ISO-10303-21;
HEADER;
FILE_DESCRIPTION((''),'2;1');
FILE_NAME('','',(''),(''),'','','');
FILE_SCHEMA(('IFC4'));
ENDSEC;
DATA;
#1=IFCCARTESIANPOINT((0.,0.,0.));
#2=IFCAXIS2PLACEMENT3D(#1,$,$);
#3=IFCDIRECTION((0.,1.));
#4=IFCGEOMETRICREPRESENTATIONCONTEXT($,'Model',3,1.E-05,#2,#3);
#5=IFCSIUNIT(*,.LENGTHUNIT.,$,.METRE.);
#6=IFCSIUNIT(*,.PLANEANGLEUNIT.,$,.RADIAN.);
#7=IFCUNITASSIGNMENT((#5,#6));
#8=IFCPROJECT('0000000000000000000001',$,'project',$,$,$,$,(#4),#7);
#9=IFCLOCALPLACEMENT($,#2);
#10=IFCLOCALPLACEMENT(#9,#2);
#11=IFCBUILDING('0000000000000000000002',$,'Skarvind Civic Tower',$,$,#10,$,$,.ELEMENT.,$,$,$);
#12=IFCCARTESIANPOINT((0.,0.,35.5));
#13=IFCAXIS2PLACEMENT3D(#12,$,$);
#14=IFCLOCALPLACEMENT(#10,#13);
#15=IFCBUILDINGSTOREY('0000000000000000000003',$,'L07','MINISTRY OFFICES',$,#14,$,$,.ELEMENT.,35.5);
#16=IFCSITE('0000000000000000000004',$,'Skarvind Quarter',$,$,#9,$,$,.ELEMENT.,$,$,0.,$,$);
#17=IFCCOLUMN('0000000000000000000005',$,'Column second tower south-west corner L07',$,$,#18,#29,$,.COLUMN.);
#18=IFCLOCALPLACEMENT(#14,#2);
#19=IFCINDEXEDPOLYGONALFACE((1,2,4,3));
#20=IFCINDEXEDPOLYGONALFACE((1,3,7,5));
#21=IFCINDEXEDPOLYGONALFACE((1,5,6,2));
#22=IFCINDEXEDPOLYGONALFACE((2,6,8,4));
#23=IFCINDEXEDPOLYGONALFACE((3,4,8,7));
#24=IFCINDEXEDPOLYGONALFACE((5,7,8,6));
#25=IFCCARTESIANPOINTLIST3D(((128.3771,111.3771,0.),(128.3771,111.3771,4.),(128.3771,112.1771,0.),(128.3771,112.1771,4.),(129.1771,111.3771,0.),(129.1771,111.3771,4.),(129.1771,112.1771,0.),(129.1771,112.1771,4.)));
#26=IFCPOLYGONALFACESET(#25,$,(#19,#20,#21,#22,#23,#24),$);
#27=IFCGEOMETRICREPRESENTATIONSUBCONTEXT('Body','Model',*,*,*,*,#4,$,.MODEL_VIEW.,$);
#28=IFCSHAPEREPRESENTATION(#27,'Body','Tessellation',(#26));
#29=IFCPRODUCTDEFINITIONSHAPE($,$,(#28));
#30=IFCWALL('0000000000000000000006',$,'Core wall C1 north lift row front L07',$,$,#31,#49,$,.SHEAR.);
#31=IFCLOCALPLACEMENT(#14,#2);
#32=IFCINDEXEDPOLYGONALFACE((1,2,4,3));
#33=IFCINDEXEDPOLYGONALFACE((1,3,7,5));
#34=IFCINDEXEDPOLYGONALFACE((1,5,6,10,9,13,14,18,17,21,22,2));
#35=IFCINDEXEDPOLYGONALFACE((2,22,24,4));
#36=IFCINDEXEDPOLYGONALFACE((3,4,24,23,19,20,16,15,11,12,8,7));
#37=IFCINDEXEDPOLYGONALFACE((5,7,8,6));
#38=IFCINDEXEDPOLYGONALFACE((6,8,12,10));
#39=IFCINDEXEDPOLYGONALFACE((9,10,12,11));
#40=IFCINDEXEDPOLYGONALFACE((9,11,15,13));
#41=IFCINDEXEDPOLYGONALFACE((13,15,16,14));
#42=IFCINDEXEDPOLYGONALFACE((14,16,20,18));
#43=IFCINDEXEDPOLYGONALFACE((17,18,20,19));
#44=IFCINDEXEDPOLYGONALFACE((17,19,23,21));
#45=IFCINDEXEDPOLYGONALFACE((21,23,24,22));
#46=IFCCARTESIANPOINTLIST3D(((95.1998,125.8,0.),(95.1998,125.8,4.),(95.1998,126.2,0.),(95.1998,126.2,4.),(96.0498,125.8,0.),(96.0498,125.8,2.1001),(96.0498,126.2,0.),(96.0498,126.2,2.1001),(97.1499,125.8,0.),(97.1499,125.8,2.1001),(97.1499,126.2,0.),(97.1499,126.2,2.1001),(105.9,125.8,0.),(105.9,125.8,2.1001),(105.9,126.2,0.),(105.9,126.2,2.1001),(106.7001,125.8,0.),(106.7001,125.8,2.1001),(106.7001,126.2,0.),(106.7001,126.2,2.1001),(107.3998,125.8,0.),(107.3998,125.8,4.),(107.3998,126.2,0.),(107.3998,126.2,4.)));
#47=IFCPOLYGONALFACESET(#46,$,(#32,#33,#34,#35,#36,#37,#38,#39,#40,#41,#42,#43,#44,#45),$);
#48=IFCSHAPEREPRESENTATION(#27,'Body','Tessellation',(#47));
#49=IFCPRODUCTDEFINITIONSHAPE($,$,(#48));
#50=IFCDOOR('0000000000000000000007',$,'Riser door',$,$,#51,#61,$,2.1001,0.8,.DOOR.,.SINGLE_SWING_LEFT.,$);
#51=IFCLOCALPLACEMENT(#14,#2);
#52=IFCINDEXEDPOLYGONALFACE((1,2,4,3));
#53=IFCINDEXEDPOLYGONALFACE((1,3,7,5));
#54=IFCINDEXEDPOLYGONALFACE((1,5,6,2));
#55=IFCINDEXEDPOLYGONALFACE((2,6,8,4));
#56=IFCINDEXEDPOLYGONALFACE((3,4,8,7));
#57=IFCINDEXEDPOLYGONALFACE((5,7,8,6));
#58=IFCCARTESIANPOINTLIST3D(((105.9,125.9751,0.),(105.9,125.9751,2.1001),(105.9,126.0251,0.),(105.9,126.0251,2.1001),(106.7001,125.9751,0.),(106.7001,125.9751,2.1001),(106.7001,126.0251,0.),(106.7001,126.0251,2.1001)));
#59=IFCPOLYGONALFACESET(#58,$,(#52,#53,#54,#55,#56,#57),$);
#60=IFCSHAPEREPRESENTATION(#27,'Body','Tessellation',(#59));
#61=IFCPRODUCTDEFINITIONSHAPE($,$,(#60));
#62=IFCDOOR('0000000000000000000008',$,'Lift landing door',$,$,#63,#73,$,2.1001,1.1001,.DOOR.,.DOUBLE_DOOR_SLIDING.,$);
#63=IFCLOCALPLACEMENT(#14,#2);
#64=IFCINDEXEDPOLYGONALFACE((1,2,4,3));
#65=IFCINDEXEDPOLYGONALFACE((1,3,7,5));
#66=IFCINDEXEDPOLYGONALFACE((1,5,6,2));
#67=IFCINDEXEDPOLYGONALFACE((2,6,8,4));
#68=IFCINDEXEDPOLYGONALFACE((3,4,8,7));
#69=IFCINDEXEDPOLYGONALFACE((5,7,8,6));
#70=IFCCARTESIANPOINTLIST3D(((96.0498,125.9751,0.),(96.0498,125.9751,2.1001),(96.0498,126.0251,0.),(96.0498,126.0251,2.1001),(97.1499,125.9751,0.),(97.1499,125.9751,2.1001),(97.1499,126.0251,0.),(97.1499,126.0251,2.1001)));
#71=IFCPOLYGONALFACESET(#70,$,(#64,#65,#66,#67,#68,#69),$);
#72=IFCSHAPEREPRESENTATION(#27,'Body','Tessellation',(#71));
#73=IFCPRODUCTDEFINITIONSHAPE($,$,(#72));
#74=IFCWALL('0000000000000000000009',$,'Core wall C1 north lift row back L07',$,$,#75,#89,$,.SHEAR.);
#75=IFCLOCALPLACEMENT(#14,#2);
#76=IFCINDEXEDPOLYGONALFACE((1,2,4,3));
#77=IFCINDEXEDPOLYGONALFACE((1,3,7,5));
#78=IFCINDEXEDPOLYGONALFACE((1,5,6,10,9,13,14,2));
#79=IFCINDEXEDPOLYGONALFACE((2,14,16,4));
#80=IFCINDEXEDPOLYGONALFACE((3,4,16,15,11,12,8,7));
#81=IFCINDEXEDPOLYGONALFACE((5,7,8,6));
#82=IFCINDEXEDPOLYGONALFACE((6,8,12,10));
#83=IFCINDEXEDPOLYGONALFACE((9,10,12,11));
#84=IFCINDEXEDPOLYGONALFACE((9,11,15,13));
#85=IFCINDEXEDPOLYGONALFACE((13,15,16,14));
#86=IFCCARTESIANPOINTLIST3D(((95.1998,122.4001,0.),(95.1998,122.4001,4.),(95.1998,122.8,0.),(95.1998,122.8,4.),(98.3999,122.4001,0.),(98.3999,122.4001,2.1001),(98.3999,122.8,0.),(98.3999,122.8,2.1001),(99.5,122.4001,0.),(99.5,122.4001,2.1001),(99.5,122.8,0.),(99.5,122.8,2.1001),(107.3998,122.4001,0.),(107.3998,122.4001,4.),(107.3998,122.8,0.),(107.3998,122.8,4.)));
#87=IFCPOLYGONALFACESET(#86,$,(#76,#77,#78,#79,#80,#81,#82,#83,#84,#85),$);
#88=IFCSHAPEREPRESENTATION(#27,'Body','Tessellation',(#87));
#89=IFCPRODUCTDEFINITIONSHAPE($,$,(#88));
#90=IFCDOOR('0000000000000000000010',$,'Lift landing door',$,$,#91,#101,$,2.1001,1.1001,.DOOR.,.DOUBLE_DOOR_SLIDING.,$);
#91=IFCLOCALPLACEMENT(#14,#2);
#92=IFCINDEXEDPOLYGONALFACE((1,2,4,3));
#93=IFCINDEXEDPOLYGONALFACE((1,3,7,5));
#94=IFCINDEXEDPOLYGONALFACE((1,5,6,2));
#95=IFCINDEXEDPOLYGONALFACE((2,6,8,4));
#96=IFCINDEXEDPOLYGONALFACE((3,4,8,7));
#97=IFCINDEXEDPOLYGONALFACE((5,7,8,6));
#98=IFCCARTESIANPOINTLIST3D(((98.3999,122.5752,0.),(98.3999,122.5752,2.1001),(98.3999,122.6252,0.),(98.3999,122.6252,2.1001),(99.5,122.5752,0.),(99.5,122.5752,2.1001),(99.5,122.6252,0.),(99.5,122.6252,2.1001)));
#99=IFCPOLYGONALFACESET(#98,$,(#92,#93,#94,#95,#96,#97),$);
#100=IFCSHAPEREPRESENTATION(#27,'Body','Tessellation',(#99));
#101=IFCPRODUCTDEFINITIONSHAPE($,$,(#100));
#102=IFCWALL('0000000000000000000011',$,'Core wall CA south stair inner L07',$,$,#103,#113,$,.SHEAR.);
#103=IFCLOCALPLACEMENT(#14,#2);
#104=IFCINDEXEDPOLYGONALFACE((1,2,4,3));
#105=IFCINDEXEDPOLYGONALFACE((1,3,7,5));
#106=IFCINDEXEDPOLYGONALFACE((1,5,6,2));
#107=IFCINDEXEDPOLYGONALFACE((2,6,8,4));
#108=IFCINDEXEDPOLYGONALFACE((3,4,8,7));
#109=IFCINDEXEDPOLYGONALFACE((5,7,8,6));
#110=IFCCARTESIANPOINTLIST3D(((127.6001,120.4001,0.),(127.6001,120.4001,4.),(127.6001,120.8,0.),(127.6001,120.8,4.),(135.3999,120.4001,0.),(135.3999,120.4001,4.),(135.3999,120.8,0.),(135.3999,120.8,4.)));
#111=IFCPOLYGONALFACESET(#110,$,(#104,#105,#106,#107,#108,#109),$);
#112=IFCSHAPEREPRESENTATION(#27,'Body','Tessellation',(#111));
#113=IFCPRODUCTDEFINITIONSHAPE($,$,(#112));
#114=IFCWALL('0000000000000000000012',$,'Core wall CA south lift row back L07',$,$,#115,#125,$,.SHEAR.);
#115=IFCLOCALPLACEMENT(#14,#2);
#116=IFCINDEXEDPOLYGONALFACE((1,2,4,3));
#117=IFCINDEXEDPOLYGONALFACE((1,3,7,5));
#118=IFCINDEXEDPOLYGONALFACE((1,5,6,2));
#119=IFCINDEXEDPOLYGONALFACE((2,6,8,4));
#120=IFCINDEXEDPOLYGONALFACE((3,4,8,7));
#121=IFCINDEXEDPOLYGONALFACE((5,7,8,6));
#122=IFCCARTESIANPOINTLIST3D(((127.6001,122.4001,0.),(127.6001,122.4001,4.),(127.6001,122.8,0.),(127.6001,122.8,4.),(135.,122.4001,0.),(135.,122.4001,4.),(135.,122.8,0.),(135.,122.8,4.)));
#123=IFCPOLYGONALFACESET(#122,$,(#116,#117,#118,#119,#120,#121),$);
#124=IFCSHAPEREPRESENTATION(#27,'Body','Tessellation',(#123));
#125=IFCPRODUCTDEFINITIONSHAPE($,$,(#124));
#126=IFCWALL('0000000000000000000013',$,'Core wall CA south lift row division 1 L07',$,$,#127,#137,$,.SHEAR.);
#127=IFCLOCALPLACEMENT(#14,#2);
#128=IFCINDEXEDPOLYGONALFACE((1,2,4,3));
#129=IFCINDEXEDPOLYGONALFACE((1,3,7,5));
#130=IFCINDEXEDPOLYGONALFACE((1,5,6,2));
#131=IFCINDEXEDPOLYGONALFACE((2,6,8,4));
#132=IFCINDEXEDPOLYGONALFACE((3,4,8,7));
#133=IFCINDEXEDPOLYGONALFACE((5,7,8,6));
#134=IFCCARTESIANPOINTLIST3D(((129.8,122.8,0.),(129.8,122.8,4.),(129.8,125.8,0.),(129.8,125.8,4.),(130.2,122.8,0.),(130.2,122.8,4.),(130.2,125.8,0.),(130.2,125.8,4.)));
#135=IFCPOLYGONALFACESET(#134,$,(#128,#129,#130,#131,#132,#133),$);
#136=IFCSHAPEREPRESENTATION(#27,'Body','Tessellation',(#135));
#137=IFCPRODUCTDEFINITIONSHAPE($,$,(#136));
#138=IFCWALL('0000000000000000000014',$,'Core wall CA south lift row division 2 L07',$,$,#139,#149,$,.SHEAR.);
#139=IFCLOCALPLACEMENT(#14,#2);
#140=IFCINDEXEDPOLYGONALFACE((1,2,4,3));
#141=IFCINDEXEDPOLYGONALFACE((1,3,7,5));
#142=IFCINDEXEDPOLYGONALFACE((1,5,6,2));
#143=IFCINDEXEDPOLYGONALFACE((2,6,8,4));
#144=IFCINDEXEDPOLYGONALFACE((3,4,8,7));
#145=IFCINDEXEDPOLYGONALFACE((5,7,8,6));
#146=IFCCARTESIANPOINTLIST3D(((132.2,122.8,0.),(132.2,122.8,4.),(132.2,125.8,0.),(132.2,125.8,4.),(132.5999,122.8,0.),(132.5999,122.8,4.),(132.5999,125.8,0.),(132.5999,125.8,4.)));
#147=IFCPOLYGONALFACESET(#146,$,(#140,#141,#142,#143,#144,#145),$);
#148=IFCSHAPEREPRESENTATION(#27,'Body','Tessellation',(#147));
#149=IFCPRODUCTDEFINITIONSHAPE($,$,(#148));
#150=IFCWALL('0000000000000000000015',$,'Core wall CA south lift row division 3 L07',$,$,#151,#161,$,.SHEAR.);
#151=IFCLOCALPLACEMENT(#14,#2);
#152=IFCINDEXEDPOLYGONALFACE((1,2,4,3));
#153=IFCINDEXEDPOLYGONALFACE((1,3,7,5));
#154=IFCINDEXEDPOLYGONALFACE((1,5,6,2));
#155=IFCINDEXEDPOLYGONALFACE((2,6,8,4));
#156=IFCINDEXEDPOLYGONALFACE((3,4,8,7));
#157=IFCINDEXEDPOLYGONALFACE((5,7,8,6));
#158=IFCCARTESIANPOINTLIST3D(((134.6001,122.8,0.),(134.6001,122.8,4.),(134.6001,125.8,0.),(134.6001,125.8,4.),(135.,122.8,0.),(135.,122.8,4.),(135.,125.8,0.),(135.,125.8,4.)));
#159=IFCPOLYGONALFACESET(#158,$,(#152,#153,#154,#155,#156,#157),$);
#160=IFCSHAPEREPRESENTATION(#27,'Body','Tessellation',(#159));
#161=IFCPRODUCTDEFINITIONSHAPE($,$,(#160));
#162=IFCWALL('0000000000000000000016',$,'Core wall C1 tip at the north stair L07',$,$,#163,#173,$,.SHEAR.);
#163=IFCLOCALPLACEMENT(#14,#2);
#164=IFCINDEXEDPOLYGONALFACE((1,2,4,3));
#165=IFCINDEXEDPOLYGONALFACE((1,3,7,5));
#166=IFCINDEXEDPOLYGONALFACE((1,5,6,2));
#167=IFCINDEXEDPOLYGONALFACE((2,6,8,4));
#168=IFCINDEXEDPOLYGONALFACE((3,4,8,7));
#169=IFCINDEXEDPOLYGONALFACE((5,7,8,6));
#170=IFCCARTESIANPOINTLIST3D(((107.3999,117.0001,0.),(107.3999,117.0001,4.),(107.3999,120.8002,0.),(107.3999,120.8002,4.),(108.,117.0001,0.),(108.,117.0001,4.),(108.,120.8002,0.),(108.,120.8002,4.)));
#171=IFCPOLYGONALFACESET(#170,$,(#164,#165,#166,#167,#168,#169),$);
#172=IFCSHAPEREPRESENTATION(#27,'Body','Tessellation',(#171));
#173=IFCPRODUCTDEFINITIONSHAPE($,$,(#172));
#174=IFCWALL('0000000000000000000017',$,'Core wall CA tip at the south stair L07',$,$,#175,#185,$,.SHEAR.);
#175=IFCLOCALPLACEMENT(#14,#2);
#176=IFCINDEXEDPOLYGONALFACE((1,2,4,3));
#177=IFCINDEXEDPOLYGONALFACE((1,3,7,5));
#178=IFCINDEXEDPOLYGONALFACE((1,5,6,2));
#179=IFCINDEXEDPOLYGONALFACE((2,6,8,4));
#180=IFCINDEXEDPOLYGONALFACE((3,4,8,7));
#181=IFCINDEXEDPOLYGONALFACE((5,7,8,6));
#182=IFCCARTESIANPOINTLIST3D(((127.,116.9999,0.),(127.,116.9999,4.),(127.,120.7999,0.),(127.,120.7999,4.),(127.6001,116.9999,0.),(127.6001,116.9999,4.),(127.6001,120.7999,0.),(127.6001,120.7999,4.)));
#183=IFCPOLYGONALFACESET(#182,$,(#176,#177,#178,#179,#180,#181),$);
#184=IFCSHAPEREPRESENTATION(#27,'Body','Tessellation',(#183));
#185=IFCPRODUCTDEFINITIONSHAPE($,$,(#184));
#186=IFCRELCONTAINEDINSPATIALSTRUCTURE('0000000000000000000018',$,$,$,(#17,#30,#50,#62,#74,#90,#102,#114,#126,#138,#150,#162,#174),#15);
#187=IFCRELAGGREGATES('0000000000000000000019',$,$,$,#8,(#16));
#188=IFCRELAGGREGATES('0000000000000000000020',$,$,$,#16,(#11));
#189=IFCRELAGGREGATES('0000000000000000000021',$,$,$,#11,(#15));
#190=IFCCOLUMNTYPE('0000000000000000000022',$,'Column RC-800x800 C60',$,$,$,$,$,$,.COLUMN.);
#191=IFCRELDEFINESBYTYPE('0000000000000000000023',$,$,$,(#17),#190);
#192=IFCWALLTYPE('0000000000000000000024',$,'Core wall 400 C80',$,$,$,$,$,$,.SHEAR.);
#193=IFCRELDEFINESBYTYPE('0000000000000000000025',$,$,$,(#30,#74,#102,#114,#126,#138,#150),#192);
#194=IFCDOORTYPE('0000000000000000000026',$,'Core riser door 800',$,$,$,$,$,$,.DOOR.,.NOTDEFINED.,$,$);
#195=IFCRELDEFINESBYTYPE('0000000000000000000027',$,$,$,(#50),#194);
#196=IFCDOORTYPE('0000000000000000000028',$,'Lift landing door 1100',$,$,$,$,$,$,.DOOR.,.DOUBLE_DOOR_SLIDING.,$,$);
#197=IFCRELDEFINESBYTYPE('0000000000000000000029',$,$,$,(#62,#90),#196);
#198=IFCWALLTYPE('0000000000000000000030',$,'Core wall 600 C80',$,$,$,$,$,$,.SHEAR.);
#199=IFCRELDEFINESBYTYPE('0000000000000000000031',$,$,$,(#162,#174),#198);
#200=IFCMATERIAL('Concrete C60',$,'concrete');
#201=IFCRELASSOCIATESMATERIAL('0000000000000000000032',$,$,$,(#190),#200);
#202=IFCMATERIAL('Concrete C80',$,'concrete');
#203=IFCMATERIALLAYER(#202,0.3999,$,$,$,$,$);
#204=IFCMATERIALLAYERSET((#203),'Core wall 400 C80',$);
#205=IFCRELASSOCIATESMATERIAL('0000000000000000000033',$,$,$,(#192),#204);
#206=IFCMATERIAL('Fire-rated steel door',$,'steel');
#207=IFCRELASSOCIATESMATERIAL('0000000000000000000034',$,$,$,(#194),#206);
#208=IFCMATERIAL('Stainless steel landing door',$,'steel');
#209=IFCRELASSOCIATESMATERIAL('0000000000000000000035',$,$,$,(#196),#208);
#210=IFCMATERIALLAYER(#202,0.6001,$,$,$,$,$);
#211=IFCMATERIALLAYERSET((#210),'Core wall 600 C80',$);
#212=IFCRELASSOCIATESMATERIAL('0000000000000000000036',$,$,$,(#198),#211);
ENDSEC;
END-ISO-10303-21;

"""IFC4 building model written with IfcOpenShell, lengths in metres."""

from ifc_helpers import new_model, si_unit, direction, frame, frame_2d, origin, origin_2d, place, context, subcontext, project, spatial, rectangle, extrude, material, layer, layer_set, material_profile, profile_set, type_object, element, fill, save


model = new_model("IFC4")

# Units and contexts
model_context = context("Model", 3, precision=1e-05, world=origin(), true_north=direction((0.0, 1.0)))
body_context = subcontext(model_context, "Body", "Model", "MODEL_VIEW")
ifc_project = project(units=[si_unit("LENGTHUNIT", "METRE"), si_unit("PLANEANGLEUNIT", "RADIAN")], contexts=[model_context])

# Site, building, storey
site_placement = place(None, origin())
site = spatial("IfcSite", under=ifc_project, at=site_placement, Name="Skarvind Quarter", CompositionType="ELEMENT", RefElevation=0.0)
building_placement = place(site_placement, origin())
building = spatial("IfcBuilding", under=site, at=building_placement, Name="Skarvind Civic Tower", CompositionType="ELEMENT")
storey_placement = place(building_placement, frame((0.0, 0.0, 35.5)))
storey = spatial("IfcBuildingStorey", under=building, at=storey_placement, Name="L07", Description="MINISTRY OFFICES", CompositionType="ELEMENT", Elevation=35.5)

# Column
ifc_material_1 = material(Name="Concrete C60", Category="concrete")
ifc_material_profile = material_profile(ifc_material_1, rectangle(XDim=0.8, YDim=0.8, at=origin_2d()), Name="RC-800x800")
ifc_profile_set = profile_set([ifc_material_profile], Name="Concrete C60")
column_type = type_object("IfcColumnType", Name="Column RC-800x800 C60", PredefinedType="COLUMN", material=ifc_profile_set)
column_placement = place(storey_placement, frame((128.7771, 111.7771, 0.0), z_axis=(0.0, 0.0, 1.0), x_axis=(1.0, 0.0, 0.0)))
element("IfcColumn", 1, at=column_placement, inside=storey, type_object=column_type, Name="Column second tower south-west corner L07", PredefinedType="COLUMN", context=body_context, shape_type="SweptSolid", body=[
    extrude(rectangle(XDim=0.8, YDim=0.8, at=origin_2d()), origin(), (0.0, 0.0, 1.0), 4.0),
])

# Wall, openings, doors
ifc_material_2 = material(Name="Concrete C80", Category="concrete")
ifc_layer_1 = layer(ifc_material_2, 0.3999)
ifc_layer_set_1 = layer_set([ifc_layer_1], Name="Core wall 400 C80")
wall_type_1 = type_object("IfcWallType", Name="Core wall 400 C80", PredefinedType="SHEAR", material=ifc_layer_set_1)
wall_1_placement = place(storey_placement, frame((107.3999, 126.0, 0.0), z_axis=(0.0, 0.0, 1.0), x_axis=(-1.0, 0.0, 0.0)))
wall_1 = element("IfcWall", 2, at=wall_1_placement, inside=storey, type_object=wall_type_1, Name="Core wall C1 north lift row front L07", PredefinedType="SHEAR", context=body_context, shape_type="SweptSolid", body=[
    extrude(rectangle(XDim=12.2, YDim=0.3999, at=frame_2d((6.1001, 0.0))), origin(), (0.0, 0.0, 1.0), 4.0),
])
opening_1_placement = place(wall_1_placement, frame((10.25, 0.0, 0.0)))
opening_1 = element("IfcOpeningElement", 3, at=opening_1_placement, cuts=wall_1, PredefinedType="OPENING", context=body_context, shape_type="SweptSolid", body=[
    extrude(rectangle(XDim=1.1001, YDim=2.1001, at=frame_2d((0.55, 1.05))), frame((0.0, 0.21, 0.0), z_axis=(0.0, -1.0, 0.0), x_axis=(1.0, 0.0, 0.0)), (0.0, 0.0, 1.0), 0.4199),
])
opening_2_placement = place(wall_1_placement, frame((0.7, 0.0, 0.0)))
opening_2 = element("IfcOpeningElement", 4, at=opening_2_placement, cuts=wall_1, PredefinedType="OPENING", context=body_context, shape_type="SweptSolid", body=[
    extrude(rectangle(XDim=0.8, YDim=2.1001, at=frame_2d((0.3999, 1.05))), frame((0.0, 0.21, 0.0), z_axis=(0.0, -1.0, 0.0), x_axis=(1.0, 0.0, 0.0)), (0.0, 0.0, 1.0), 0.4199),
])
ifc_material_3 = material(Name="Fire-rated steel door", Category="steel")
door_type_1 = type_object("IfcDoorType", Name="Core riser door 800", OperationType="NOTDEFINED", PredefinedType="DOOR", material=ifc_material_3)
door_1_placement = place(opening_2_placement, origin())
door_1 = element("IfcDoor", 5, at=door_1_placement, inside=storey, type_object=door_type_1, Name="Riser door", OperationType="SINGLE_SWING_LEFT", OverallHeight=2.1001, OverallWidth=0.8, PredefinedType="DOOR", context=body_context, shape_type="SweptSolid", body=[
    extrude(rectangle(XDim=0.8, YDim=2.1001, at=frame_2d((0.3999, 1.05))), frame((0.0, 0.0249, 0.0), z_axis=(0.0, -1.0, 0.0), x_axis=(1.0, 0.0, 0.0)), (0.0, 0.0, 1.0), 0.05),
])
fill(opening_2, door_1)
ifc_material_4 = material(Name="Stainless steel landing door", Category="steel")
door_type_2 = type_object("IfcDoorType", Name="Lift landing door 1100", OperationType="DOUBLE_DOOR_SLIDING", PredefinedType="DOOR", material=ifc_material_4)
door_2_placement = place(opening_1_placement, origin())
door_2 = element("IfcDoor", 6, at=door_2_placement, inside=storey, type_object=door_type_2, Name="Lift landing door", OperationType="DOUBLE_DOOR_SLIDING", OverallHeight=2.1001, OverallWidth=1.1001, PredefinedType="DOOR", context=body_context, shape_type="SweptSolid", body=[
    extrude(rectangle(XDim=1.1001, YDim=2.1001, at=frame_2d((0.55, 1.05))), frame((0.0, 0.0249, 0.0), z_axis=(0.0, -1.0, 0.0), x_axis=(1.0, 0.0, 0.0)), (0.0, 0.0, 1.0), 0.05),
])
fill(opening_1, door_2)

# Wall, opening, door
wall_2_placement = place(storey_placement, frame((107.3999, 122.6001, 0.0), z_axis=(0.0, 0.0, 1.0), x_axis=(-1.0, 0.0, 0.0)))
wall_2 = element("IfcWall", 7, at=wall_2_placement, inside=storey, type_object=wall_type_1, Name="Core wall C1 north lift row back L07", PredefinedType="SHEAR", context=body_context, shape_type="SweptSolid", body=[
    extrude(rectangle(XDim=12.2, YDim=0.3999, at=frame_2d((6.1001, 0.0))), origin(), (0.0, 0.0, 1.0), 4.0),
])
opening_3_placement = place(wall_2_placement, frame((7.8999, 0.0, 0.0)))
opening_3 = element("IfcOpeningElement", 8, at=opening_3_placement, cuts=wall_2, PredefinedType="OPENING", context=body_context, shape_type="SweptSolid", body=[
    extrude(rectangle(XDim=1.1001, YDim=2.1001, at=frame_2d((0.55, 1.05))), frame((0.0, 0.21, 0.0), z_axis=(0.0, -1.0, 0.0), x_axis=(1.0, 0.0, 0.0)), (0.0, 0.0, 1.0), 0.4199),
])
door_3_placement = place(opening_3_placement, origin())
door_3 = element("IfcDoor", 9, at=door_3_placement, inside=storey, type_object=door_type_2, Name="Lift landing door", OperationType="DOUBLE_DOOR_SLIDING", OverallHeight=2.1001, OverallWidth=1.1001, PredefinedType="DOOR", context=body_context, shape_type="SweptSolid", body=[
    extrude(rectangle(XDim=1.1001, YDim=2.1001, at=frame_2d((0.55, 1.05))), frame((0.0, 0.0249, 0.0), z_axis=(0.0, -1.0, 0.0), x_axis=(1.0, 0.0, 0.0)), (0.0, 0.0, 1.0), 0.05),
])
fill(opening_3, door_3)

# Walls
wall_3_placement = place(storey_placement, frame((127.6001, 120.6001, 0.0), z_axis=(0.0, 0.0, 1.0), x_axis=(1.0, 0.0, 0.0)))
element("IfcWall", 10, at=wall_3_placement, inside=storey, type_object=wall_type_1, Name="Core wall CA south stair inner L07", PredefinedType="SHEAR", context=body_context, shape_type="SweptSolid", body=[
    extrude(rectangle(XDim=7.7998, YDim=0.3999, at=frame_2d((3.8999, 0.0))), origin(), (0.0, 0.0, 1.0), 4.0),
])
wall_4_placement = place(storey_placement, frame((127.6001, 122.6001, 0.0), z_axis=(0.0, 0.0, 1.0), x_axis=(1.0, 0.0, 0.0)))
element("IfcWall", 11, at=wall_4_placement, inside=storey, type_object=wall_type_1, Name="Core wall CA south lift row back L07", PredefinedType="SHEAR", context=body_context, shape_type="SweptSolid", body=[
    extrude(rectangle(XDim=7.3999, YDim=0.3999, at=frame_2d((3.7, 0.0))), origin(), (0.0, 0.0, 1.0), 4.0),
])
for number, where, z_axis, x_axis, name in (
    (12, (130.0, 122.8, 0.0), (0.0, 0.0, 1.0), (0.0, 1.0, 0.0), "Core wall CA south lift row division 1 L07"),
    (13, (132.3999, 122.8, 0.0), (0.0, 0.0, 1.0), (0.0, 1.0, 0.0), "Core wall CA south lift row division 2 L07"),
    (14, (134.8, 122.8, 0.0), (0.0, 0.0, 1.0), (0.0, 1.0, 0.0), "Core wall CA south lift row division 3 L07"),
):
    element("IfcWall", number, at=place(storey_placement, frame(where, z_axis=z_axis, x_axis=x_axis)), inside=storey, type_object=wall_type_1, Name=name, PredefinedType="SHEAR", context=body_context, shape_type="SweptSolid", body=[
        extrude(rectangle(XDim=3.0, YDim=0.3999, at=frame_2d((1.5, 0.0))), origin(), (0.0, 0.0, 1.0), 4.0),
    ])
ifc_layer_2 = layer(ifc_material_2, 0.6001)
ifc_layer_set_2 = layer_set([ifc_layer_2], Name="Core wall 600 C80")
wall_type_2 = type_object("IfcWallType", Name="Core wall 600 C80", PredefinedType="SHEAR", material=ifc_layer_set_2)
for number, where, z_axis, x_axis, name in (
    (15, (107.7, 120.8, 0.0), (0.0, 0.0, 1.0), (0.0, -1.0, 0.0), "Core wall C1 tip at the north stair L07"),
    (16, (127.3, 117.0, 0.0), (0.0, 0.0, 1.0), (0.0, 1.0, 0.0), "Core wall CA tip at the south stair L07"),
):
    element("IfcWall", number, at=place(storey_placement, frame(where, z_axis=z_axis, x_axis=x_axis)), inside=storey, type_object=wall_type_2, Name=name, PredefinedType="SHEAR", context=body_context, shape_type="SweptSolid", body=[
        extrude(rectangle(XDim=3.8, YDim=0.6001, at=frame_2d((1.8999, 0.0))), origin(), (0.0, 0.0, 1.0), 4.0),
    ])

save(model, "model.ifc")
